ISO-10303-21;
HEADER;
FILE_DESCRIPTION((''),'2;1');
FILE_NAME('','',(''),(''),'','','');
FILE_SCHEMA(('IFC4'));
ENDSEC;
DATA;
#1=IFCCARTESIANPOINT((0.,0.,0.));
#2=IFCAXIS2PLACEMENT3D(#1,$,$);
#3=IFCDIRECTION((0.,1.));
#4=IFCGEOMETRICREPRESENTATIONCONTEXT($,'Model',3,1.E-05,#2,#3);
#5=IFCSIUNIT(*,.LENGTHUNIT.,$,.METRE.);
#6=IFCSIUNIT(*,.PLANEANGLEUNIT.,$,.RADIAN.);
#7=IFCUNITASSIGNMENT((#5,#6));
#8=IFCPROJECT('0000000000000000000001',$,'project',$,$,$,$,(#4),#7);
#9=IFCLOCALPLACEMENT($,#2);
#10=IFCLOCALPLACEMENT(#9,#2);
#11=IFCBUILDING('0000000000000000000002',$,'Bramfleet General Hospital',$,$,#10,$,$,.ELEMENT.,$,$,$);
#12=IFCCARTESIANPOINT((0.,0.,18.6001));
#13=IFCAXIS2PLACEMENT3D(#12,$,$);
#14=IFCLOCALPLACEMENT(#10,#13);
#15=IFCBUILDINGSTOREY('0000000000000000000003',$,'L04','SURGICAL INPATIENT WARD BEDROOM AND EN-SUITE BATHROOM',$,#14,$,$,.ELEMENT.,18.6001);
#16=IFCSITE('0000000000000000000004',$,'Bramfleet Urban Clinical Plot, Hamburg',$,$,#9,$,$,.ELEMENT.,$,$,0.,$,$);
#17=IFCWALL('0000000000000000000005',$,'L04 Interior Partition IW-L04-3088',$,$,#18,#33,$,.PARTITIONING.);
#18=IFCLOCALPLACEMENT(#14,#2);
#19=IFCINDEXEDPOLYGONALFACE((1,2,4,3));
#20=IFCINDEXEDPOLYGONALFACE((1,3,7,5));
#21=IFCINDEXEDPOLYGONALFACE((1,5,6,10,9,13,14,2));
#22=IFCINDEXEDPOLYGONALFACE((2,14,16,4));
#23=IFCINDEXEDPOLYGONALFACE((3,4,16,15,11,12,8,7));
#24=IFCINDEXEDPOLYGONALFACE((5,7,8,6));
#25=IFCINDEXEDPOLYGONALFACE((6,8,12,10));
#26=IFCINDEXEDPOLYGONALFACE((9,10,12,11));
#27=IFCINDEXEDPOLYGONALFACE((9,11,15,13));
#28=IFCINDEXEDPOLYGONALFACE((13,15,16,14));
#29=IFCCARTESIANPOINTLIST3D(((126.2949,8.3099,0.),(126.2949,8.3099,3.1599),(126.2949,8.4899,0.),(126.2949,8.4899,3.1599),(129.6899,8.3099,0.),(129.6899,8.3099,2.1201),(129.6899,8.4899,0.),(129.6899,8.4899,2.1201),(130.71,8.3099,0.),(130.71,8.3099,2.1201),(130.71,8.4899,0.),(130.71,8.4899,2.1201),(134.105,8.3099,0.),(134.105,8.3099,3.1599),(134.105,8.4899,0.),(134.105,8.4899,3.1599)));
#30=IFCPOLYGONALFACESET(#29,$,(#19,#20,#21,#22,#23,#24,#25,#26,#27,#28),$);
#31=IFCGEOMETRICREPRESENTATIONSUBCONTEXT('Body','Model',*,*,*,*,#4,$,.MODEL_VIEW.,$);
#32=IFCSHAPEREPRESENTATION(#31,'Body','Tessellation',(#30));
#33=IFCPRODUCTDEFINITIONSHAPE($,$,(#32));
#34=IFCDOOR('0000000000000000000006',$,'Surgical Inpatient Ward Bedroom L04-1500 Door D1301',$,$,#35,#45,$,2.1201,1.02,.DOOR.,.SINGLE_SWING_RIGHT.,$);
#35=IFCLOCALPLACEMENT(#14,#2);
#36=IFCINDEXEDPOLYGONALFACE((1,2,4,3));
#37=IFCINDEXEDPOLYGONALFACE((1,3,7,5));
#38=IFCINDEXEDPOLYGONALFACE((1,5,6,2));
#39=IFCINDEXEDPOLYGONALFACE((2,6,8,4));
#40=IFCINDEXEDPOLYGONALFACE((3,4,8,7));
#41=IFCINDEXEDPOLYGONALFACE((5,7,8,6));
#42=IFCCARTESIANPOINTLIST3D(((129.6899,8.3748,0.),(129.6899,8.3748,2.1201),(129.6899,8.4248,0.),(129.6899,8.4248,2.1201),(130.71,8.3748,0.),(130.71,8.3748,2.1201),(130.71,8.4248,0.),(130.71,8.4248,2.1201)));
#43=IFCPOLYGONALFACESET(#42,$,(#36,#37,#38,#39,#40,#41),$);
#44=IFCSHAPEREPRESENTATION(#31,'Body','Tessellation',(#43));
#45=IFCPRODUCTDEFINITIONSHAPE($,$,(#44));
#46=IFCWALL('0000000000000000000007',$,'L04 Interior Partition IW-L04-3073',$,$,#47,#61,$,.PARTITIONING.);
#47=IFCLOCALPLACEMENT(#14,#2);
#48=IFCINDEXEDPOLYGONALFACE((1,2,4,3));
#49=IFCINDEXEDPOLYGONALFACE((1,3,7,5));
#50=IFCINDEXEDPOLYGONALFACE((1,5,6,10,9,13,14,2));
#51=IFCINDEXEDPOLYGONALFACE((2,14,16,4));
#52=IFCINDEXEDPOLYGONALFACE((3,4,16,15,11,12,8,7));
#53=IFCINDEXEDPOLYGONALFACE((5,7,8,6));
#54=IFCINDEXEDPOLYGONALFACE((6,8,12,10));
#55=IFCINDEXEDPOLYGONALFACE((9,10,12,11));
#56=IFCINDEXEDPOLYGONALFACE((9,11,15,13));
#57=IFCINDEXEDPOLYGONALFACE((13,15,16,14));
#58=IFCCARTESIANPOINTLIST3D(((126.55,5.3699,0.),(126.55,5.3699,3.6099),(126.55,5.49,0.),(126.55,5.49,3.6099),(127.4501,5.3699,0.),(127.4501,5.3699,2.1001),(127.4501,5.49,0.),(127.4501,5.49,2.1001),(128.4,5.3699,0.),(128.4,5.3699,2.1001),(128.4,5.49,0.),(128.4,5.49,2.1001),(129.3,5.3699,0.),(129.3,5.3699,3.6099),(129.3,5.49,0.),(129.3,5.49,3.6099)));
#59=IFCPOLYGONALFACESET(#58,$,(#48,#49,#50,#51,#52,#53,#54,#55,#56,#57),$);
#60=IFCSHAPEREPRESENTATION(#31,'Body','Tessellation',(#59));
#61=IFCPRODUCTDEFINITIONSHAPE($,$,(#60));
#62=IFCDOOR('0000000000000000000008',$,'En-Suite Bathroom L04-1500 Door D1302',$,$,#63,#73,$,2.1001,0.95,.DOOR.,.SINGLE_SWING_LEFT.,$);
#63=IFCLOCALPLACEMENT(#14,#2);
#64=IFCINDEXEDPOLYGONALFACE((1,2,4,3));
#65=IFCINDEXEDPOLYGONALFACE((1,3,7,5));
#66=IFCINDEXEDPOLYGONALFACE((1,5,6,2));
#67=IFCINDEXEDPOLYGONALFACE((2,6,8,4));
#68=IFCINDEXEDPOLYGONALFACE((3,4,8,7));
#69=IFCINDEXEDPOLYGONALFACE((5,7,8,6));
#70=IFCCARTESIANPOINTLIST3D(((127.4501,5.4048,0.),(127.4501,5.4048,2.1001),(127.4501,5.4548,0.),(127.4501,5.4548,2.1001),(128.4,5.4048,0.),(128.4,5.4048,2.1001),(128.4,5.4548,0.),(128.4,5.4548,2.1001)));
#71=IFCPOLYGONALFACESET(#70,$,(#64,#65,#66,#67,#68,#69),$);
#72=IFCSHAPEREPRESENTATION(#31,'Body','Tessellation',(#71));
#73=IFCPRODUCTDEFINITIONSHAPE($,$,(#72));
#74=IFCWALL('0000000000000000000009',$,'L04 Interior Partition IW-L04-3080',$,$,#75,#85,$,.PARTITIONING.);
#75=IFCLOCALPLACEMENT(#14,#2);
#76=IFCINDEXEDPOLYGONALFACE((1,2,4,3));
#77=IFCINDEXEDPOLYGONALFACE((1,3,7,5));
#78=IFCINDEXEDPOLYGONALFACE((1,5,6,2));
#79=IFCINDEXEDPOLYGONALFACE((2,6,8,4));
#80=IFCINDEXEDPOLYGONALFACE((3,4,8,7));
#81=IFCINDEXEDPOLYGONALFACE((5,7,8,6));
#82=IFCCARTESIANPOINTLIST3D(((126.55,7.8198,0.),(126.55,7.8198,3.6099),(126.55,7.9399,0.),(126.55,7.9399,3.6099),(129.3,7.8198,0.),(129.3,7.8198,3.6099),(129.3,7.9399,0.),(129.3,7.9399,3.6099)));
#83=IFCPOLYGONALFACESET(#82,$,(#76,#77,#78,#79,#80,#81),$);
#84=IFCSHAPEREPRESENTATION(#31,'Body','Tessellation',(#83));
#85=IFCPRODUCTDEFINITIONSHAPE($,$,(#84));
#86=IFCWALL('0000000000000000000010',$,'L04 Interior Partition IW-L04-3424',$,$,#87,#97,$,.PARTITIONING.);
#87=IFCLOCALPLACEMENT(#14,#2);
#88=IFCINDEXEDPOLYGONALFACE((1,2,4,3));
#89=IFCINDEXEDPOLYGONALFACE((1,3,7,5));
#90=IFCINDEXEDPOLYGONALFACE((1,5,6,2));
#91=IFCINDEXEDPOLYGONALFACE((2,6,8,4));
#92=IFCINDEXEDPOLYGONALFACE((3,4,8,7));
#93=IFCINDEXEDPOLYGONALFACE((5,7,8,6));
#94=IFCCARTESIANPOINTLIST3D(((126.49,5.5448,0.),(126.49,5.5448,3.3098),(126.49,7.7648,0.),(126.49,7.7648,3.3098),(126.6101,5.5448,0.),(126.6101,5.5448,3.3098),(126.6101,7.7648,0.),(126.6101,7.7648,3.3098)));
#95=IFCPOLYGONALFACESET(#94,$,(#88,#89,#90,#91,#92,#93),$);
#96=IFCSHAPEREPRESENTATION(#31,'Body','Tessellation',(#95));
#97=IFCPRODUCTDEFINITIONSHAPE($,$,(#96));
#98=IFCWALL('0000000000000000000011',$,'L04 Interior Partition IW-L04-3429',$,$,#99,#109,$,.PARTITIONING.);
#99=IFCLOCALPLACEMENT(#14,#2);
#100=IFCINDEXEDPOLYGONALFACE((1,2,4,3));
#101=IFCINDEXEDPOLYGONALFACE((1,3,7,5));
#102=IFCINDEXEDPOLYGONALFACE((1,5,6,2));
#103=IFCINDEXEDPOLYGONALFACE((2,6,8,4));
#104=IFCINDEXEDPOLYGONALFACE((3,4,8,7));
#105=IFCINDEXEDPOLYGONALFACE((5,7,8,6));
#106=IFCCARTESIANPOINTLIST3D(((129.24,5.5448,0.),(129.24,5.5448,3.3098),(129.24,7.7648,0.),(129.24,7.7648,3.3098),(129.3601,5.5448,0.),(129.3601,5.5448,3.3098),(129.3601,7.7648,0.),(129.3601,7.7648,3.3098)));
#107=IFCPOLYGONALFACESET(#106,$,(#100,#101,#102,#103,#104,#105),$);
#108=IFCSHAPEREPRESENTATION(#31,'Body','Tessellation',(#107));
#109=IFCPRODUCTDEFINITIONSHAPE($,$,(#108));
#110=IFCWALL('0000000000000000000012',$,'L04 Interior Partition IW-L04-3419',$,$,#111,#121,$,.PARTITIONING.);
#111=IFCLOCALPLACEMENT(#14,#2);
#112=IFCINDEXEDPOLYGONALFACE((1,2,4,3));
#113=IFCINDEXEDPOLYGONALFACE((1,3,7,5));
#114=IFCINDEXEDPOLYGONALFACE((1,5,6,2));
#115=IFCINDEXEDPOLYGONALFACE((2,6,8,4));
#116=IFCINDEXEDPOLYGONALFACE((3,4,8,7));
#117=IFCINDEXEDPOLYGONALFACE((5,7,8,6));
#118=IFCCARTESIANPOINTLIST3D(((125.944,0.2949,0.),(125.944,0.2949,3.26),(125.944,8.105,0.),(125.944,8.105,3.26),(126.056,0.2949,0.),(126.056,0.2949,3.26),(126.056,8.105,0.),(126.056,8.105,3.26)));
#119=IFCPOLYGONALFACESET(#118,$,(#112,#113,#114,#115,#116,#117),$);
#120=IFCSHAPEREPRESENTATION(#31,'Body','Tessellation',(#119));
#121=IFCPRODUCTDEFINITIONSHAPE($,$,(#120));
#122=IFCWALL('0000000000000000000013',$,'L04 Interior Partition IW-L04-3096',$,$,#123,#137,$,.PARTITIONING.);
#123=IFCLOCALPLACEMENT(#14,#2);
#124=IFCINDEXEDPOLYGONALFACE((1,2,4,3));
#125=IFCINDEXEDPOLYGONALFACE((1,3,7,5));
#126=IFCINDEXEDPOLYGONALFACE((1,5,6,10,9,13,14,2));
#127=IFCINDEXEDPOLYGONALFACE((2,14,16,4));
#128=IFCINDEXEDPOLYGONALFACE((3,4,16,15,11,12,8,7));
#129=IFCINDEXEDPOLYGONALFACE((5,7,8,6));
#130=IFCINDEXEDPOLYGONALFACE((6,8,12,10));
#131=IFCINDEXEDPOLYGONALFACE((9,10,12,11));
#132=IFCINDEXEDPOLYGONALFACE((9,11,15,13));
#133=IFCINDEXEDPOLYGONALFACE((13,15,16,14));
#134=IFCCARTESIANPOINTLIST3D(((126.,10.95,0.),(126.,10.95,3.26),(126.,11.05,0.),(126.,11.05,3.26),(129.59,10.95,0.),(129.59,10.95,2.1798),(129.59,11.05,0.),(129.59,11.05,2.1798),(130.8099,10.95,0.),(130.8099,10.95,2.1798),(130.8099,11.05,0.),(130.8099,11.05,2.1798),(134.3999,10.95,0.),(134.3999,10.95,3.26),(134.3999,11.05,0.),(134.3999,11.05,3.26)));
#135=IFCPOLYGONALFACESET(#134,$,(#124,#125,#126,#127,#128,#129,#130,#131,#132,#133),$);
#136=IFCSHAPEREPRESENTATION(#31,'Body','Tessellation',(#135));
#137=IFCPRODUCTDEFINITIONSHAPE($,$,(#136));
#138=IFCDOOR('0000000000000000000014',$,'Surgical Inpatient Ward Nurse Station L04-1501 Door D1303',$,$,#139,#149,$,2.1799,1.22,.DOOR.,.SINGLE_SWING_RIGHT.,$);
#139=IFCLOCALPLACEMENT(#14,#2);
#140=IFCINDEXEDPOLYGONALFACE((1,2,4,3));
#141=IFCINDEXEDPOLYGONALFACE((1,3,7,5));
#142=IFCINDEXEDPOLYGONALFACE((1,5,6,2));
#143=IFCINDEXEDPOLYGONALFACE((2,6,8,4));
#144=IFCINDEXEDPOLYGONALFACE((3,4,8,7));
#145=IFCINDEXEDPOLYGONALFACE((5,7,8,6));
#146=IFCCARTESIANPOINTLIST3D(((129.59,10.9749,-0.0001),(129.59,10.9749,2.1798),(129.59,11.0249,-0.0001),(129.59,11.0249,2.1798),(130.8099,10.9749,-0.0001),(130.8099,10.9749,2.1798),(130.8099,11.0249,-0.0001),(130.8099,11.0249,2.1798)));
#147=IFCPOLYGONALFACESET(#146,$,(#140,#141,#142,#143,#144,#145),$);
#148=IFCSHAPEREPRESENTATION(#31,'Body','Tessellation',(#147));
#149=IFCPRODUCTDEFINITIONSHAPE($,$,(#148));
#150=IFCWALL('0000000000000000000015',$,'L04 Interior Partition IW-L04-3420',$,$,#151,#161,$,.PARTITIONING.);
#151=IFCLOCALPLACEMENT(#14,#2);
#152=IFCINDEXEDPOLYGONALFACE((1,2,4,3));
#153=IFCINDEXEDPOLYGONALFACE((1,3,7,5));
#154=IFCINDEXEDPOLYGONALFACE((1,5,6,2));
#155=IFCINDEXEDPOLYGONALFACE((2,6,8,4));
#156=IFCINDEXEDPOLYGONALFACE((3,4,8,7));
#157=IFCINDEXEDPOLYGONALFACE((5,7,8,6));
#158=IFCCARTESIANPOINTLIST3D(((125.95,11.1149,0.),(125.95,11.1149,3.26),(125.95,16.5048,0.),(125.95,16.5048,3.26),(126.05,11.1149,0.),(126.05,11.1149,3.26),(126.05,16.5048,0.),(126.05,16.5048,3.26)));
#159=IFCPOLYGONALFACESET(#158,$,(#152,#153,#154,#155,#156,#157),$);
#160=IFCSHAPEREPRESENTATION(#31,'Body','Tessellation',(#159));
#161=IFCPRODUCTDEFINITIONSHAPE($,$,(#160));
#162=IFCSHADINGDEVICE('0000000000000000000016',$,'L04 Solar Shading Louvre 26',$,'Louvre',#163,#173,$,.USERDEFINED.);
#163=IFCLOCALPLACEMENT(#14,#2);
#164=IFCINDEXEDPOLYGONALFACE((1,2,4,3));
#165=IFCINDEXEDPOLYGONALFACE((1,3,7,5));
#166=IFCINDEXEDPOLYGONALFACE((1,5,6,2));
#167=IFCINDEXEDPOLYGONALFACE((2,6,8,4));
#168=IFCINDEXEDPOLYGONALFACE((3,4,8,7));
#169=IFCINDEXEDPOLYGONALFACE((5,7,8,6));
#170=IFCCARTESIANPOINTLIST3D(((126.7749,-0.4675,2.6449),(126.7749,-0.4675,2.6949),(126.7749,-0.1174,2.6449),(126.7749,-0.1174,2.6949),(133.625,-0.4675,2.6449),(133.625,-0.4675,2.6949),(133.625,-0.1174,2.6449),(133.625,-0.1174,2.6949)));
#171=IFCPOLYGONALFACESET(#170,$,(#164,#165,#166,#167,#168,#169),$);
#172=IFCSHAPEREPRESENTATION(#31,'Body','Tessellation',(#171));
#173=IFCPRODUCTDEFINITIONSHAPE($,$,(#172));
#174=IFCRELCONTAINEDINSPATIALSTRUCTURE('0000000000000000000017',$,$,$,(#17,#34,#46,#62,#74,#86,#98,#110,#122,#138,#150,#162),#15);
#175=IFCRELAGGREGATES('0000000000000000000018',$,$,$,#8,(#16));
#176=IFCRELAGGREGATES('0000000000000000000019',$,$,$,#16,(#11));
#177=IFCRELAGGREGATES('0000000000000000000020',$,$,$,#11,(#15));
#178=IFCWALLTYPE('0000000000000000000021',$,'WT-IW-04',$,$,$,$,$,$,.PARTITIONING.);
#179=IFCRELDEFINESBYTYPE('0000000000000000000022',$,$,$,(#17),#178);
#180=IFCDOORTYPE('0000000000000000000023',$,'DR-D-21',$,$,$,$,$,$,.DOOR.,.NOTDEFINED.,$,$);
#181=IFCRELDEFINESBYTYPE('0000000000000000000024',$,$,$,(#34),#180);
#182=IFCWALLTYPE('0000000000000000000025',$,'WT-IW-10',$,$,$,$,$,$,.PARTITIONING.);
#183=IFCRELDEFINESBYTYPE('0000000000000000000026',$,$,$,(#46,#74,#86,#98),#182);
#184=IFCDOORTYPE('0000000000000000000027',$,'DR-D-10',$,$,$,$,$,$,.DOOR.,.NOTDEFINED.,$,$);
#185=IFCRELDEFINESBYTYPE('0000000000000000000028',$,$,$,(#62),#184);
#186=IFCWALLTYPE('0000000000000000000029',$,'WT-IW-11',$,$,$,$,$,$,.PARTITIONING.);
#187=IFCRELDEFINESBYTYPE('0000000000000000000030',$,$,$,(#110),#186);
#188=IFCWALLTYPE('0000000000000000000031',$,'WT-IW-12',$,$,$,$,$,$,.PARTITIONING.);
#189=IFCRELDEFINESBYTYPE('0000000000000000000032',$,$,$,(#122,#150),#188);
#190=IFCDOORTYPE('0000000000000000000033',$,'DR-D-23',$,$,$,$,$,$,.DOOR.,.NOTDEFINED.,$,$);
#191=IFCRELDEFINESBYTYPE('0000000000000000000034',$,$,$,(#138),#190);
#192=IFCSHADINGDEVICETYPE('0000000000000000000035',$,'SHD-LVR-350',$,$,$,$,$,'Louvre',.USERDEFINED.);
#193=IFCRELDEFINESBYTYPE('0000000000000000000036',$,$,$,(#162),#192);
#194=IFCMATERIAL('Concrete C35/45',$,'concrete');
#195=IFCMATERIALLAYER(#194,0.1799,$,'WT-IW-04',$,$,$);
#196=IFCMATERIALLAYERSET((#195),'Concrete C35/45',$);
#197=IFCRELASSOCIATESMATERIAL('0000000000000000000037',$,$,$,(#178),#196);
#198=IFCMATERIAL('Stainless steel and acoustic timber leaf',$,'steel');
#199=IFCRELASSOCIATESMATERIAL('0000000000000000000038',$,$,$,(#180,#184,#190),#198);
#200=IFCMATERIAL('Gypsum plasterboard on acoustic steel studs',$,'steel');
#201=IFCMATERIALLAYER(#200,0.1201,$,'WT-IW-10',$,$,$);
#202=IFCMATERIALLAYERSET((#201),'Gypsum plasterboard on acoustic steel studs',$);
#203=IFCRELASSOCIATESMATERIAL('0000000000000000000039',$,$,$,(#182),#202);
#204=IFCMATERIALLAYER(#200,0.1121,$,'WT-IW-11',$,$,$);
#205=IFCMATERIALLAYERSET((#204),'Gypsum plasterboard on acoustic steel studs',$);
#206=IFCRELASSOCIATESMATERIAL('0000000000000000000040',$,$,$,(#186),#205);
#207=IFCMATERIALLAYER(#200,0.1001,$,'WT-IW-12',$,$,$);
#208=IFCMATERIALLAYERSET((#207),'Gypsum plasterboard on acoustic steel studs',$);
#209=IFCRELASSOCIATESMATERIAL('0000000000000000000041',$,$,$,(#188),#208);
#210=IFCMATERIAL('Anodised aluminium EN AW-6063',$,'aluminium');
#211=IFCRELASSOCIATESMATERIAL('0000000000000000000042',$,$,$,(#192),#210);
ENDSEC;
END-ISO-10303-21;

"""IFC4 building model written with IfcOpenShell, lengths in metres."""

from ifc_helpers import new_model, si_unit, direction, frame, frame_2d, origin, origin_2d, place, context, subcontext, project, spatial, rectangle, extrude, material, layer, layer_set, material_profile, profile_set, type_object, element, fill, save


model = new_model("IFC4")

# Units and contexts
model_context = context("Model", 3, precision=1e-05, world=origin(), true_north=direction((0.0, 1.0)))
body_context = subcontext(model_context, "Body", "Model", "MODEL_VIEW")
ifc_project = project(units=[si_unit("LENGTHUNIT", "METRE"), si_unit("PLANEANGLEUNIT", "RADIAN")], contexts=[model_context])

# Site, building, storey
site_placement = place(None, origin())
site = spatial("IfcSite", under=ifc_project, at=site_placement, Name="Bramfleet Urban Clinical Plot, Hamburg", CompositionType="ELEMENT", RefElevation=0.0)
building_placement = place(site_placement, origin())
building = spatial("IfcBuilding", under=site, at=building_placement, Name="Bramfleet General Hospital", CompositionType="ELEMENT")
storey_placement = place(building_placement, frame((0.0, 0.0, 18.6001)))
storey = spatial("IfcBuildingStorey", under=building, at=storey_placement, Name="L04", Description="SURGICAL INPATIENT WARD BEDROOM AND EN-SUITE BATHROOM", CompositionType="ELEMENT", Elevation=18.6001)

# Shared definitions
ifc_material_1 = material(Name="Concrete C35/45", Category="concrete")

# Walls, openings, doors
ifc_layer_1 = layer(ifc_material_1, 0.1799, Name="WT-IW-04")
ifc_layer_set_1 = layer_set([ifc_layer_1], Name="Concrete C35/45")
wall_type_1 = type_object("IfcWallType", Name="WT-IW-04", PredefinedType="PARTITIONING", material=ifc_layer_set_1)
wall_1_placement = place(storey_placement, frame((126.2949, 8.3999, 0.0), z_axis=(0.0, 0.0, 1.0), x_axis=(1.0, 0.0, 0.0)))
wall_1 = element("IfcWall", 1, at=wall_1_placement, inside=storey, type_object=wall_type_1, Name="L04 Interior Partition IW-L04-3088", PredefinedType="PARTITIONING", context=body_context, shape_type="SweptSolid", body=[
    extrude(rectangle(XDim=7.8101, YDim=0.1799, at=frame_2d((3.905, 0.0))), origin(), (0.0, 0.0, 1.0), 3.1599),
])
opening_1_placement = place(wall_1_placement, frame((3.395, 0.0, 0.0)))
opening_1 = element("IfcOpeningElement", 2, at=opening_1_placement, cuts=wall_1, PredefinedType="OPENING", context=body_context, shape_type="SweptSolid", body=[
    extrude(rectangle(XDim=1.02, YDim=2.1201, at=frame_2d((0.51, 1.0601))), frame((0.0, 0.0999, 0.0), z_axis=(0.0, -1.0, 0.0), x_axis=(1.0, 0.0, 0.0)), (0.0, 0.0, 1.0), 0.2),
])
ifc_material_2 = material(Name="Stainless steel and acoustic timber leaf", Category="steel")
door_type_1 = type_object("IfcDoorType", Name="DR-D-21", OperationType="NOTDEFINED", PredefinedType="DOOR", material=ifc_material_2)
door_1_placement = place(opening_1_placement, origin())
door_1 = element("IfcDoor", 3, at=door_1_placement, inside=storey, type_object=door_type_1, Name="Surgical Inpatient Ward Bedroom L04-1500 Door D1301", OperationType="SINGLE_SWING_RIGHT", OverallHeight=2.1201, OverallWidth=1.02, PredefinedType="DOOR", context=body_context, shape_type="SweptSolid", body=[
    extrude(rectangle(XDim=1.02, YDim=2.1201, at=frame_2d((0.51, 1.0601))), frame((0.0, 0.0249, 0.0), z_axis=(0.0, -1.0, 0.0), x_axis=(1.0, 0.0, 0.0)), (0.0, 0.0, 1.0), 0.05),
])
fill(opening_1, door_1)
ifc_material_3 = material(Name="Gypsum plasterboard on acoustic steel studs", Category="steel")
ifc_layer_2 = layer(ifc_material_3, 0.1201, Name="WT-IW-10")
ifc_layer_set_2 = layer_set([ifc_layer_2], Name="Gypsum plasterboard on acoustic steel studs")
wall_type_2 = type_object("IfcWallType", Name="WT-IW-10", PredefinedType="PARTITIONING", material=ifc_layer_set_2)
wall_2_placement = place(storey_placement, frame((126.55, 5.4299, 0.0), z_axis=(0.0, 0.0, 1.0), x_axis=(1.0, 0.0, 0.0)))
wall_2 = element("IfcWall", 4, at=wall_2_placement, inside=storey, type_object=wall_type_2, Name="L04 Interior Partition IW-L04-3073", PredefinedType="PARTITIONING", context=body_context, shape_type="SweptSolid", body=[
    extrude(rectangle(XDim=2.75, YDim=0.1201, at=frame_2d((1.375, 0.0))), origin(), (0.0, 0.0, 1.0), 3.6099),
])
opening_2_placement = place(wall_2_placement, frame((0.8999, 0.0, 0.0)))
opening_2 = element("IfcOpeningElement", 5, at=opening_2_placement, cuts=wall_2, PredefinedType="OPENING", context=body_context, shape_type="SweptSolid", body=[
    extrude(rectangle(XDim=0.95, YDim=2.1001, at=frame_2d((0.4751, 1.05))), frame((0.0, 0.0701, 0.0), z_axis=(0.0, -1.0, 0.0), x_axis=(1.0, 0.0, 0.0)), (0.0, 0.0, 1.0), 0.1401),
])
door_type_2 = type_object("IfcDoorType", Name="DR-D-10", OperationType="NOTDEFINED", PredefinedType="DOOR", material=ifc_material_2)
door_2_placement = place(opening_2_placement, origin())
door_2 = element("IfcDoor", 6, at=door_2_placement, inside=storey, type_object=door_type_2, Name="En-Suite Bathroom L04-1500 Door D1302", OperationType="SINGLE_SWING_LEFT", OverallHeight=2.1001, OverallWidth=0.95, PredefinedType="DOOR", context=body_context, shape_type="SweptSolid", body=[
    extrude(rectangle(XDim=0.95, YDim=2.1001, at=frame_2d((0.4751, 1.05))), frame((0.0, 0.0249, 0.0), z_axis=(0.0, -1.0, 0.0), x_axis=(1.0, 0.0, 0.0)), (0.0, 0.0, 1.0), 0.05),
])
fill(opening_2, door_2)

# Walls
wall_3_placement = place(storey_placement, frame((126.55, 7.8799, 0.0), z_axis=(0.0, 0.0, 1.0), x_axis=(1.0, 0.0, 0.0)))
element("IfcWall", 7, at=wall_3_placement, inside=storey, type_object=wall_type_2, Name="L04 Interior Partition IW-L04-3080", PredefinedType="PARTITIONING", context=body_context, shape_type="SweptSolid", body=[
    extrude(rectangle(XDim=2.75, YDim=0.1201, at=frame_2d((1.375, 0.0))), origin(), (0.0, 0.0, 1.0), 3.6099),
])
for number, where, z_axis, x_axis, name in (
    (8, (126.55, 5.5449, 0.0), (0.0, 0.0, 1.0), (0.0, 1.0, 0.0), "L04 Interior Partition IW-L04-3424"),
    (9, (129.3, 5.5449, 0.0), (0.0, 0.0, 1.0), (0.0, 1.0, 0.0), "L04 Interior Partition IW-L04-3429"),
):
    element("IfcWall", number, at=place(storey_placement, frame(where, z_axis=z_axis, x_axis=x_axis)), inside=storey, type_object=wall_type_2, Name=name, PredefinedType="PARTITIONING", context=body_context, shape_type="SweptSolid", body=[
        extrude(rectangle(XDim=2.22, YDim=0.1201, at=frame_2d((1.1099, 0.0))), origin(), (0.0, 0.0, 1.0), 3.3098),
    ])
ifc_layer_3 = layer(ifc_material_3, 0.1121, Name="WT-IW-11")
ifc_layer_set_3 = layer_set([ifc_layer_3], Name="Gypsum plasterboard on acoustic steel studs")
wall_type_3 = type_object("IfcWallType", Name="WT-IW-11", PredefinedType="PARTITIONING", material=ifc_layer_set_3)
wall_4_placement = place(storey_placement, frame((126.0, 0.2949, 0.0), z_axis=(0.0, 0.0, 1.0), x_axis=(0.0, 1.0, 0.0)))
element("IfcWall", 10, at=wall_4_placement, inside=storey, type_object=wall_type_3, Name="L04 Interior Partition IW-L04-3419", PredefinedType="PARTITIONING", context=body_context, shape_type="SweptSolid", body=[
    extrude(rectangle(XDim=7.8101, YDim=0.1121, at=frame_2d((3.905, 0.0))), origin(), (0.0, 0.0, 1.0), 3.26),
])

# Wall, opening, door
ifc_layer_4 = layer(ifc_material_3, 0.1001, Name="WT-IW-12")
ifc_layer_set_4 = layer_set([ifc_layer_4], Name="Gypsum plasterboard on acoustic steel studs")
wall_type_4 = type_object("IfcWallType", Name="WT-IW-12", PredefinedType="PARTITIONING", material=ifc_layer_set_4)
wall_5_placement = place(storey_placement, frame((126.0, 11.0, 0.0), z_axis=(0.0, 0.0, 1.0), x_axis=(1.0, 0.0, 0.0)))
wall_5 = element("IfcWall", 11, at=wall_5_placement, inside=storey, type_object=wall_type_4, Name="L04 Interior Partition IW-L04-3096", PredefinedType="PARTITIONING", context=body_context, shape_type="SweptSolid", body=[
    extrude(rectangle(XDim=8.3999, YDim=0.1001, at=frame_2d((4.2, 0.0))), origin(), (0.0, 0.0, 1.0), 3.26),
])
opening_3_placement = place(wall_5_placement, frame((3.5901, 0.0, 0.0)))
opening_3 = element("IfcOpeningElement", 12, at=opening_3_placement, cuts=wall_5, PredefinedType="OPENING", context=body_context, shape_type="SweptSolid", body=[
    extrude(rectangle(XDim=1.22, YDim=2.1799, at=frame_2d((0.6099, 1.0898))), frame((0.0, 0.0601, 0.0), z_axis=(0.0, -1.0, 0.0), x_axis=(1.0, 0.0, 0.0)), (0.0, 0.0, 1.0), 0.1201),
])
door_type_3 = type_object("IfcDoorType", Name="DR-D-23", OperationType="NOTDEFINED", PredefinedType="DOOR", material=ifc_material_2)
door_3_placement = place(opening_3_placement, origin())
door_3 = element("IfcDoor", 13, at=door_3_placement, inside=storey, type_object=door_type_3, Name="Surgical Inpatient Ward Nurse Station L04-1501 Door D1303", OperationType="SINGLE_SWING_RIGHT", OverallHeight=2.1799, OverallWidth=1.22, PredefinedType="DOOR", context=body_context, shape_type="SweptSolid", body=[
    extrude(rectangle(XDim=1.22, YDim=2.1799, at=frame_2d((0.6099, 1.0898))), frame((0.0, 0.0249, 0.0), z_axis=(0.0, -1.0, 0.0), x_axis=(1.0, 0.0, 0.0)), (0.0, 0.0, 1.0), 0.05),
])
fill(opening_3, door_3)

# Wall
wall_6_placement = place(storey_placement, frame((126.0, 11.115, 0.0), z_axis=(0.0, 0.0, 1.0), x_axis=(0.0, 1.0, 0.0)))
element("IfcWall", 14, at=wall_6_placement, inside=storey, type_object=wall_type_4, Name="L04 Interior Partition IW-L04-3420", PredefinedType="PARTITIONING", context=body_context, shape_type="SweptSolid", body=[
    extrude(rectangle(XDim=5.3899, YDim=0.1001, at=frame_2d((2.6948, 0.0))), origin(), (0.0, 0.0, 1.0), 3.26),
])

# Shading device
ifc_material_4 = material(Name="Anodised aluminium EN AW-6063", Category="aluminium")
ifc_material_profile_1 = material_profile(ifc_material_4, rectangle(XDim=0.05, YDim=0.3501, at=origin_2d()), Name="ALU LOUVRE 350x50")
ifc_profile_set_1 = profile_set([ifc_material_profile_1], Name="Anodised aluminium EN AW-6063")
shading_device_type = type_object("IfcShadingDeviceType", Name="SHD-LVR-350", ElementType="Louvre", PredefinedType="USERDEFINED", material=ifc_profile_set_1)
shading_device_placement = place(storey_placement, frame((133.625, -0.2925, 2.6699), z_axis=(-1.0, 0.0, 0.0), x_axis=(0.0, 0.0, 1.0)))
element("IfcShadingDevice", 15, at=shading_device_placement, inside=storey, type_object=shading_device_type, Name="L04 Solar Shading Louvre 26", ObjectType="Louvre", PredefinedType="USERDEFINED", context=body_context, shape_type="SweptSolid", body=[
    extrude(rectangle(XDim=0.05, YDim=0.3501, at=origin_2d()), origin(), (0.0, 0.0, 1.0), 6.8501),
])

save(model, "model.ifc")
